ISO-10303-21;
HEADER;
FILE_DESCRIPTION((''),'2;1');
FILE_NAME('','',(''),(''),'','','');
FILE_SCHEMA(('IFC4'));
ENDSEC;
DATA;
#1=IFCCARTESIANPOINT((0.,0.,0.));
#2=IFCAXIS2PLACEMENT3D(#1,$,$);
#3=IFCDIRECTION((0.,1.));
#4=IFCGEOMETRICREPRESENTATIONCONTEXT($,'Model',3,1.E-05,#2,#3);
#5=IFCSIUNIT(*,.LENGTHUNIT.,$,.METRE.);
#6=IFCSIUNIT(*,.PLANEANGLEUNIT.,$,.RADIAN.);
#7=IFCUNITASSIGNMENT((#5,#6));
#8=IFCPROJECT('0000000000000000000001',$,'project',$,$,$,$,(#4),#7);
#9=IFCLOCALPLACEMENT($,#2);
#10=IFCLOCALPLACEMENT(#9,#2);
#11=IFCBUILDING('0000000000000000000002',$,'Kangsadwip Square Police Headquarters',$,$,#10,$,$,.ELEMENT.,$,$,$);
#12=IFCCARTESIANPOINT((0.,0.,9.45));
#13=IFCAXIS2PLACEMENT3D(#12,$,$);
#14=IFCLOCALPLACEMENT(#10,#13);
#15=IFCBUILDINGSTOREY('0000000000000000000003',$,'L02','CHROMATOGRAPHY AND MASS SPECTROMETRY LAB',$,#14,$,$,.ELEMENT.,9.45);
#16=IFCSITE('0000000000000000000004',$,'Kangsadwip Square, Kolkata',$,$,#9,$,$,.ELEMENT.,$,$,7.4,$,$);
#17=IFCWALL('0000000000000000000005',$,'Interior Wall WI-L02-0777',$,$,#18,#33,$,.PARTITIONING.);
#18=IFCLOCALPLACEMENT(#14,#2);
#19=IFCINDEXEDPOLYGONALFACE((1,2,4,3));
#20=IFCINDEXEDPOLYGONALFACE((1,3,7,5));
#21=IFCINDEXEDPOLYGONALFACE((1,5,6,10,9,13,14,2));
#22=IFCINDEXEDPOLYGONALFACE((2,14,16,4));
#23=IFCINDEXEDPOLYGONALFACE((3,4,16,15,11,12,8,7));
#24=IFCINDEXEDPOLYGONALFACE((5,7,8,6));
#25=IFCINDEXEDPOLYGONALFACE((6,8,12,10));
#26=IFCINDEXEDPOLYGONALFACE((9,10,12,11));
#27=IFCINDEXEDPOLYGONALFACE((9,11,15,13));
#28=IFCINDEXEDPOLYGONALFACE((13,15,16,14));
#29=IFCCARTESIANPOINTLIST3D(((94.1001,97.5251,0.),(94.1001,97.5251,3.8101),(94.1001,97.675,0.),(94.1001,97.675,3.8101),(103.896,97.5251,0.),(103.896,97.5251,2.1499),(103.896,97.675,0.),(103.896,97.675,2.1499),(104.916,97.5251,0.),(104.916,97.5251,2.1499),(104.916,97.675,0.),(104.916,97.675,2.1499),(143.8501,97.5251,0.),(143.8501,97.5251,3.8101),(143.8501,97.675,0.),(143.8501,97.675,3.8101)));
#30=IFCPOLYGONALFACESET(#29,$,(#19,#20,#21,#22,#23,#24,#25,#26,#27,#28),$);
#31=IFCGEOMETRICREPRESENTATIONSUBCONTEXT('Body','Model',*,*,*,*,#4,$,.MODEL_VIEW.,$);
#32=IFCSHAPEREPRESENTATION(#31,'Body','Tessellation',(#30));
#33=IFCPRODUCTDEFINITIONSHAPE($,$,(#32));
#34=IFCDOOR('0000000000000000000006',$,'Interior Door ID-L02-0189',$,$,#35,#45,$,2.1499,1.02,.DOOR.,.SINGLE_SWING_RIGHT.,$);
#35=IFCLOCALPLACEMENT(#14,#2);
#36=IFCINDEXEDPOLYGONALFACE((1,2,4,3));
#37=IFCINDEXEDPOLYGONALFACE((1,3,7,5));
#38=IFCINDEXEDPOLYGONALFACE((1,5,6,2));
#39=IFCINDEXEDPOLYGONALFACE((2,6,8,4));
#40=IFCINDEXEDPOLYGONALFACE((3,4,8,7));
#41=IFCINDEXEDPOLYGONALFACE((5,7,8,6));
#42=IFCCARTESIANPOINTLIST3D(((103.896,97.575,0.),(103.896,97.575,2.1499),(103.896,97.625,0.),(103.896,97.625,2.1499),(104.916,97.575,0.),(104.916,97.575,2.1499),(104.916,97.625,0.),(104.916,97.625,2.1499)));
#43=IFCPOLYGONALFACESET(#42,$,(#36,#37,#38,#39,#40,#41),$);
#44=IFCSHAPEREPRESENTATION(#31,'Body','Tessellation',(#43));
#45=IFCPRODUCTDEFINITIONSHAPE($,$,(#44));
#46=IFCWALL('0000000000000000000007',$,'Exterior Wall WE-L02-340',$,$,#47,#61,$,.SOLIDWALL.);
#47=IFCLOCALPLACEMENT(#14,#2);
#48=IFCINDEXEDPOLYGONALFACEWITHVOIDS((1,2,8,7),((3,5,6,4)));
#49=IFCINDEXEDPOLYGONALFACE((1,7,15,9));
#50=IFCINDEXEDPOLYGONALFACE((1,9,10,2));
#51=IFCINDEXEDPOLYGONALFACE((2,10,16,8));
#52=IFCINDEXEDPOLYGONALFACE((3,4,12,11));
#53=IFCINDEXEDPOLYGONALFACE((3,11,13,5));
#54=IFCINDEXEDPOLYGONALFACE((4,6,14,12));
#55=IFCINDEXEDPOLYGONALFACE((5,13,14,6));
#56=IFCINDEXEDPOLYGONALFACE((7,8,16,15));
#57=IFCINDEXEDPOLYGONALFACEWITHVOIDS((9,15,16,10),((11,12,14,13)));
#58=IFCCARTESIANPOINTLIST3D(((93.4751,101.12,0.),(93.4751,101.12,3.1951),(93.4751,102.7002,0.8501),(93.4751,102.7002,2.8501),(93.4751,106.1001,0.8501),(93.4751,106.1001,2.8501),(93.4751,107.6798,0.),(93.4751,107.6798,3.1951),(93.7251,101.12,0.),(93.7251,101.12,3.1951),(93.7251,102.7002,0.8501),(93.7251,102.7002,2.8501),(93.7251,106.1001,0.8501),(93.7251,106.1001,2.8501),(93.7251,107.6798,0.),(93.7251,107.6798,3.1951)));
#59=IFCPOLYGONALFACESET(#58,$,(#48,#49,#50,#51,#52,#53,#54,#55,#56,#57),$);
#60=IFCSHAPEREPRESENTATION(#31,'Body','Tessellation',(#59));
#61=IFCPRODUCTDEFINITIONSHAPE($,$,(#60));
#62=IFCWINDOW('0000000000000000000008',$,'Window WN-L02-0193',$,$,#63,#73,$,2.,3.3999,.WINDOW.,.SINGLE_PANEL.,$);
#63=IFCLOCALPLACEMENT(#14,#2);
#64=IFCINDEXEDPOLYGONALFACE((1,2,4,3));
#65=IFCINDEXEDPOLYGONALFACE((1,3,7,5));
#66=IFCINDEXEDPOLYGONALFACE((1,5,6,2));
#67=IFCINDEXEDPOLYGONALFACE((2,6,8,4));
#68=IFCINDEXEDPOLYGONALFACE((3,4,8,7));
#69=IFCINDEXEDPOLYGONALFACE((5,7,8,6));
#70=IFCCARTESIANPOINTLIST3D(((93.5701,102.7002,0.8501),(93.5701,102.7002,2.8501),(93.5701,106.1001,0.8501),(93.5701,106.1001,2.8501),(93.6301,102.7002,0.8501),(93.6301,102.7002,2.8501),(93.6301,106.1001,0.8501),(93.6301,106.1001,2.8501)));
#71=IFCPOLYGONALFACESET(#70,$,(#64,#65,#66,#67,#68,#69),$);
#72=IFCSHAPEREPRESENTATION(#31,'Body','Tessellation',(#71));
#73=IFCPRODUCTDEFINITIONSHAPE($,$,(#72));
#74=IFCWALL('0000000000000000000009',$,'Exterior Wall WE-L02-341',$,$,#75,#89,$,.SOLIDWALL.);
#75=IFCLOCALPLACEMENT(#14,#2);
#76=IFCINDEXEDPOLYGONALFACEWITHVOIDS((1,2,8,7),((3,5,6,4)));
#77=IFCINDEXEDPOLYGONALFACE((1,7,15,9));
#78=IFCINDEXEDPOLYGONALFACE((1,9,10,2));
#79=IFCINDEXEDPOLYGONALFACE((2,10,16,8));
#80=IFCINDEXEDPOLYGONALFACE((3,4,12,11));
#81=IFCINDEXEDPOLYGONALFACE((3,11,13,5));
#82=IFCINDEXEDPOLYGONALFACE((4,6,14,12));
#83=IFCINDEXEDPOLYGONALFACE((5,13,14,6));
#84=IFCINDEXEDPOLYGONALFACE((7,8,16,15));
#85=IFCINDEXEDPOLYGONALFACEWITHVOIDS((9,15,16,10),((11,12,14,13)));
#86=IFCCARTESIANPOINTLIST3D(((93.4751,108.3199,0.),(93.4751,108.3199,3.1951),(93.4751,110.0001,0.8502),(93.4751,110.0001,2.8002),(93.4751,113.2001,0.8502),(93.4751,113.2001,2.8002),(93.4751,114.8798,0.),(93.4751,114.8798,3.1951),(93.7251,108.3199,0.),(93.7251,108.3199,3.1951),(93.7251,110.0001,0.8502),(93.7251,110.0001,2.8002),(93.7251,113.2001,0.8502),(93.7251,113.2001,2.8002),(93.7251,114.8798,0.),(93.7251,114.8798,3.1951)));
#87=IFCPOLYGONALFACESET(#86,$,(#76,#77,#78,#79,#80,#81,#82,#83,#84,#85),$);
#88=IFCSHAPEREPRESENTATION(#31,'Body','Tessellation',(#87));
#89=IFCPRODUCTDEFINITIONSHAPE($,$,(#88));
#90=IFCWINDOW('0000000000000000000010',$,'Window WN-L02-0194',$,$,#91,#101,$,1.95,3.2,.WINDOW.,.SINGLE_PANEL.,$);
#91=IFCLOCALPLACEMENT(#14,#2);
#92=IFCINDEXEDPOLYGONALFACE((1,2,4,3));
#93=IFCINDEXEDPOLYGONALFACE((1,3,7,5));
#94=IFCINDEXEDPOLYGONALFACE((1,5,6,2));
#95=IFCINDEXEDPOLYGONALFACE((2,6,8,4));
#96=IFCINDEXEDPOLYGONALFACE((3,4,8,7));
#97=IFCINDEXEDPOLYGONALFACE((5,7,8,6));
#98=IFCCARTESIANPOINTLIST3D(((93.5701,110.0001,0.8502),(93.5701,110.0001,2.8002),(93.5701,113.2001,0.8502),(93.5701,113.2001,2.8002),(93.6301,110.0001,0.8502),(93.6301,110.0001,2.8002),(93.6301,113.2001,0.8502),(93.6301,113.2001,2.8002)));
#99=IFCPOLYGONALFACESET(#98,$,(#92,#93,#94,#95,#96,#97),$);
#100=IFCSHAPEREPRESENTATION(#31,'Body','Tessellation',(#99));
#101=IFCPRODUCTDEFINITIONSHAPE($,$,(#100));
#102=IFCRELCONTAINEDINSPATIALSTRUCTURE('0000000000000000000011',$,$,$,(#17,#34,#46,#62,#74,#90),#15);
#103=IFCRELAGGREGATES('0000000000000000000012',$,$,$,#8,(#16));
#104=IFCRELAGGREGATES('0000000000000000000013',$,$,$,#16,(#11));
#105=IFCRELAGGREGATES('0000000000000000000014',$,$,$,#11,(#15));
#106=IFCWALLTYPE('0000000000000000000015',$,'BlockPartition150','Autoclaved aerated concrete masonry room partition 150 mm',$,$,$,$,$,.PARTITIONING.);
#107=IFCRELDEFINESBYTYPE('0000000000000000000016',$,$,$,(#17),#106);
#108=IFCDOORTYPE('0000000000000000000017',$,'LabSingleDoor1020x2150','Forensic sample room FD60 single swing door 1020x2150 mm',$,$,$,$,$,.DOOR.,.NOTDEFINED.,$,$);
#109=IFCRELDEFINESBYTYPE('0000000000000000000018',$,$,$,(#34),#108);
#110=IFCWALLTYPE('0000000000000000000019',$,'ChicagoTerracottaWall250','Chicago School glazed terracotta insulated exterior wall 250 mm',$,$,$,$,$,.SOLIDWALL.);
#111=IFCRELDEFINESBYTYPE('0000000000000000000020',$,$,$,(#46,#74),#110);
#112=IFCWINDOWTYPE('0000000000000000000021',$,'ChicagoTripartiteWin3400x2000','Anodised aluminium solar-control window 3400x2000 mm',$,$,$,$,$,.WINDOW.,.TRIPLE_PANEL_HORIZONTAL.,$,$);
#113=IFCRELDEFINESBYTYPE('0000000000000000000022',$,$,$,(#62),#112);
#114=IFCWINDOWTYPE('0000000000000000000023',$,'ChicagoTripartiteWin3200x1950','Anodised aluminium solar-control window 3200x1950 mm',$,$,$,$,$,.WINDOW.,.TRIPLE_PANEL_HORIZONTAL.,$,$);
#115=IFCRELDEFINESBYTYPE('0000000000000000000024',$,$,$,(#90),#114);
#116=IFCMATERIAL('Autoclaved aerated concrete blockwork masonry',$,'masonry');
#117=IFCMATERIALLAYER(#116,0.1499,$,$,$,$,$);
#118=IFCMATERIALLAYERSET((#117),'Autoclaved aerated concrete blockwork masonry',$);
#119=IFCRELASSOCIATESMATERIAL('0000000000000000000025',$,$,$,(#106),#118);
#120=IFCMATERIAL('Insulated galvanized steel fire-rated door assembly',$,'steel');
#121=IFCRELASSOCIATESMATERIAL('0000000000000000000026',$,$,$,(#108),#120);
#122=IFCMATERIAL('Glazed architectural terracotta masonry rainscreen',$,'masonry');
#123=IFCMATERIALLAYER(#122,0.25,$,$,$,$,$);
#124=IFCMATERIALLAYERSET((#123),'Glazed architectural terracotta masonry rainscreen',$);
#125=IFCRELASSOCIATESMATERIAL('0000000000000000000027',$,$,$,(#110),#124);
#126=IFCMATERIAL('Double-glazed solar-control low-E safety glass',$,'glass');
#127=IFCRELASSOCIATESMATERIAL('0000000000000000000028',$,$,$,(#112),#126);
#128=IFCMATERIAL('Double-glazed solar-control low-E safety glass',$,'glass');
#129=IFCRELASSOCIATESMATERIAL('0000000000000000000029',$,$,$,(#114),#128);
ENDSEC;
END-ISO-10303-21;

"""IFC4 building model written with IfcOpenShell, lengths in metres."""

from ifc_helpers import new_model, si_unit, direction, frame, frame_2d, origin, place, context, subcontext, project, spatial, rectangle, extrude, material, layer, layer_set, type_object, element, fill, save


model = new_model("IFC4")

# Units and contexts
model_context = context("Model", 3, precision=1e-05, world=origin(), true_north=direction((0.0, 1.0)))
body_context = subcontext(model_context, "Body", "Model", "MODEL_VIEW")
ifc_project = project(units=[si_unit("LENGTHUNIT", "METRE"), si_unit("PLANEANGLEUNIT", "RADIAN")], contexts=[model_context])

# Site, building, storey
site_placement = place(None, origin())
site = spatial("IfcSite", under=ifc_project, at=site_placement, Name="Kangsadwip Square, Kolkata", CompositionType="ELEMENT", RefElevation=7.4)
building_placement = place(site_placement, origin())
building = spatial("IfcBuilding", under=site, at=building_placement, Name="Kangsadwip Square Police Headquarters", CompositionType="ELEMENT")
storey_placement = place(building_placement, frame((0.0, 0.0, 9.45)))
storey = spatial("IfcBuildingStorey", under=building, at=storey_placement, Name="L02", Description="CHROMATOGRAPHY AND MASS SPECTROMETRY LAB", CompositionType="ELEMENT", Elevation=9.45)

# Wall, opening, door
ifc_material_1 = material(Name="Autoclaved aerated concrete blockwork masonry", Category="masonry")
ifc_layer_1 = layer(ifc_material_1, 0.1499)
ifc_layer_set_1 = layer_set([ifc_layer_1], Name="Autoclaved aerated concrete blockwork masonry")
wall_type_1 = type_object("IfcWallType", Name="BlockPartition150", Description="Autoclaved aerated concrete masonry room partition 150 mm", PredefinedType="PARTITIONING", material=ifc_layer_set_1)
wall_1_placement = place(storey_placement, frame((94.1001, 97.6001, 0.0), z_axis=(0.0, 0.0, 1.0), x_axis=(1.0, 0.0, 0.0)))
wall_1 = element("IfcWall", 1, at=wall_1_placement, inside=storey, type_object=wall_type_1, Name="Interior Wall WI-L02-0777", PredefinedType="PARTITIONING", context=body_context, shape_type="SweptSolid", body=[
    extrude(rectangle(XDim=49.75, YDim=0.1499, at=frame_2d((24.875, 0.0))), origin(), (0.0, 0.0, 1.0), 3.8101),
])
opening_1_placement = place(wall_1_placement, frame((9.7959, 0.0, 0.0)))
opening_1 = element("IfcOpeningElement", 2, at=opening_1_placement, cuts=wall_1, PredefinedType="OPENING", context=body_context, shape_type="SweptSolid", body=[
    extrude(rectangle(XDim=1.02, YDim=2.1499, at=frame_2d((0.51, 1.075))), frame((0.0, 0.085, 0.0), z_axis=(0.0, -1.0, 0.0), x_axis=(1.0, 0.0, 0.0)), (0.0, 0.0, 1.0), 0.1699),
])
ifc_material_2 = material(Name="Insulated galvanized steel fire-rated door assembly", Category="steel")
door_type_1 = type_object("IfcDoorType", Name="LabSingleDoor1020x2150", Description="Forensic sample room FD60 single swing door 1020x2150 mm", OperationType="NOTDEFINED", PredefinedType="DOOR", material=ifc_material_2)
door_1_placement = place(opening_1_placement, origin())
door_1 = element("IfcDoor", 3, at=door_1_placement, inside=storey, type_object=door_type_1, Name="Interior Door ID-L02-0189", OperationType="SINGLE_SWING_RIGHT", OverallHeight=2.1499, OverallWidth=1.02, PredefinedType="DOOR", context=body_context, shape_type="SweptSolid", body=[
    extrude(rectangle(XDim=1.02, YDim=2.1499, at=frame_2d((0.51, 1.075))), frame((0.0, 0.0249, 0.0), z_axis=(0.0, -1.0, 0.0), x_axis=(1.0, 0.0, 0.0)), (0.0, 0.0, 1.0), 0.05),
])
fill(opening_1, door_1)

# Walls, openings, windows
ifc_material_3 = material(Name="Glazed architectural terracotta masonry rainscreen", Category="masonry")
ifc_layer_2 = layer(ifc_material_3, 0.25)
ifc_layer_set_2 = layer_set([ifc_layer_2], Name="Glazed architectural terracotta masonry rainscreen")
wall_type_2 = type_object("IfcWallType", Name="ChicagoTerracottaWall250", Description="Chicago School glazed terracotta insulated exterior wall 250 mm", PredefinedType="SOLIDWALL", material=ifc_layer_set_2)
wall_2_placement = place(storey_placement, frame((93.6001, 101.1201, 0.0), z_axis=(0.0, 0.0, 1.0), x_axis=(0.0, 1.0, 0.0)))
wall_2 = element("IfcWall", 4, at=wall_2_placement, inside=storey, type_object=wall_type_2, Name="Exterior Wall WE-L02-340", PredefinedType="SOLIDWALL", context=body_context, shape_type="SweptSolid", body=[
    extrude(rectangle(XDim=6.5598, YDim=0.25, at=frame_2d((3.2798, 0.0))), origin(), (0.0, 0.0, 1.0), 3.1951),
])
opening_2_placement = place(wall_2_placement, frame((1.5801, 0.0, 0.8501)))
opening_2 = element("IfcOpeningElement", 5, at=opening_2_placement, cuts=wall_2, PredefinedType="OPENING", context=body_context, shape_type="SweptSolid", body=[
    extrude(rectangle(XDim=3.3999, YDim=2.0, at=frame_2d((1.7, 1.0))), frame((0.0, 0.135, 0.0), z_axis=(0.0, -1.0, 0.0), x_axis=(1.0, 0.0, 0.0)), (0.0, 0.0, 1.0), 0.27),
])
ifc_material_4 = material(Name="Double-glazed solar-control low-E safety glass", Category="glass")
window_type_1 = type_object("IfcWindowType", Name="ChicagoTripartiteWin3400x2000", Description="Anodised aluminium solar-control window 3400x2000 mm", PartitioningType="TRIPLE_PANEL_HORIZONTAL", PredefinedType="WINDOW", material=ifc_material_4)
window_1_placement = place(opening_2_placement, origin())
window_1 = element("IfcWindow", 6, at=window_1_placement, inside=storey, type_object=window_type_1, Name="Window WN-L02-0193", OverallHeight=2.0, OverallWidth=3.3999, PartitioningType="SINGLE_PANEL", PredefinedType="WINDOW", context=body_context, shape_type="SweptSolid", body=[
    extrude(rectangle(XDim=3.3999, YDim=2.0, at=frame_2d((1.7, 1.0))), frame((0.0, 0.03, 0.0), z_axis=(0.0, -1.0, 0.0), x_axis=(1.0, 0.0, 0.0)), (0.0, 0.0, 1.0), 0.0601),
])
fill(opening_2, window_1)
wall_3_placement = place(storey_placement, frame((93.6001, 108.3201, 0.0), z_axis=(0.0, 0.0, 1.0), x_axis=(0.0, 1.0, 0.0)))
wall_3 = element("IfcWall", 7, at=wall_3_placement, inside=storey, type_object=wall_type_2, Name="Exterior Wall WE-L02-341", PredefinedType="SOLIDWALL", context=body_context, shape_type="SweptSolid", body=[
    extrude(rectangle(XDim=6.5598, YDim=0.25, at=frame_2d((3.2798, 0.0))), origin(), (0.0, 0.0, 1.0), 3.1951),
])
opening_3_placement = place(wall_3_placement, frame((1.6799, 0.0, 0.8501)))
opening_3 = element("IfcOpeningElement", 8, at=opening_3_placement, cuts=wall_3, PredefinedType="OPENING", context=body_context, shape_type="SweptSolid", body=[
    extrude(rectangle(XDim=3.2, YDim=1.95, at=frame_2d((1.6001, 0.9751))), frame((0.0, 0.135, 0.0), z_axis=(0.0, -1.0, 0.0), x_axis=(1.0, 0.0, 0.0)), (0.0, 0.0, 1.0), 0.27),
])
ifc_material_5 = material(Name="Double-glazed solar-control low-E safety glass", Category="glass")
window_type_2 = type_object("IfcWindowType", Name="ChicagoTripartiteWin3200x1950", Description="Anodised aluminium solar-control window 3200x1950 mm", PartitioningType="TRIPLE_PANEL_HORIZONTAL", PredefinedType="WINDOW", material=ifc_material_5)
window_2_placement = place(opening_3_placement, origin())
window_2 = element("IfcWindow", 9, at=window_2_placement, inside=storey, type_object=window_type_2, Name="Window WN-L02-0194", OverallHeight=1.95, OverallWidth=3.2, PartitioningType="SINGLE_PANEL", PredefinedType="WINDOW", context=body_context, shape_type="SweptSolid", body=[
    extrude(rectangle(XDim=3.2, YDim=1.95, at=frame_2d((1.6001, 0.9751))), frame((0.0, 0.03, 0.0), z_axis=(0.0, -1.0, 0.0), x_axis=(1.0, 0.0, 0.0)), (0.0, 0.0, 1.0), 0.0601),
])
fill(opening_3, window_2)

save(model, "model.ifc")
